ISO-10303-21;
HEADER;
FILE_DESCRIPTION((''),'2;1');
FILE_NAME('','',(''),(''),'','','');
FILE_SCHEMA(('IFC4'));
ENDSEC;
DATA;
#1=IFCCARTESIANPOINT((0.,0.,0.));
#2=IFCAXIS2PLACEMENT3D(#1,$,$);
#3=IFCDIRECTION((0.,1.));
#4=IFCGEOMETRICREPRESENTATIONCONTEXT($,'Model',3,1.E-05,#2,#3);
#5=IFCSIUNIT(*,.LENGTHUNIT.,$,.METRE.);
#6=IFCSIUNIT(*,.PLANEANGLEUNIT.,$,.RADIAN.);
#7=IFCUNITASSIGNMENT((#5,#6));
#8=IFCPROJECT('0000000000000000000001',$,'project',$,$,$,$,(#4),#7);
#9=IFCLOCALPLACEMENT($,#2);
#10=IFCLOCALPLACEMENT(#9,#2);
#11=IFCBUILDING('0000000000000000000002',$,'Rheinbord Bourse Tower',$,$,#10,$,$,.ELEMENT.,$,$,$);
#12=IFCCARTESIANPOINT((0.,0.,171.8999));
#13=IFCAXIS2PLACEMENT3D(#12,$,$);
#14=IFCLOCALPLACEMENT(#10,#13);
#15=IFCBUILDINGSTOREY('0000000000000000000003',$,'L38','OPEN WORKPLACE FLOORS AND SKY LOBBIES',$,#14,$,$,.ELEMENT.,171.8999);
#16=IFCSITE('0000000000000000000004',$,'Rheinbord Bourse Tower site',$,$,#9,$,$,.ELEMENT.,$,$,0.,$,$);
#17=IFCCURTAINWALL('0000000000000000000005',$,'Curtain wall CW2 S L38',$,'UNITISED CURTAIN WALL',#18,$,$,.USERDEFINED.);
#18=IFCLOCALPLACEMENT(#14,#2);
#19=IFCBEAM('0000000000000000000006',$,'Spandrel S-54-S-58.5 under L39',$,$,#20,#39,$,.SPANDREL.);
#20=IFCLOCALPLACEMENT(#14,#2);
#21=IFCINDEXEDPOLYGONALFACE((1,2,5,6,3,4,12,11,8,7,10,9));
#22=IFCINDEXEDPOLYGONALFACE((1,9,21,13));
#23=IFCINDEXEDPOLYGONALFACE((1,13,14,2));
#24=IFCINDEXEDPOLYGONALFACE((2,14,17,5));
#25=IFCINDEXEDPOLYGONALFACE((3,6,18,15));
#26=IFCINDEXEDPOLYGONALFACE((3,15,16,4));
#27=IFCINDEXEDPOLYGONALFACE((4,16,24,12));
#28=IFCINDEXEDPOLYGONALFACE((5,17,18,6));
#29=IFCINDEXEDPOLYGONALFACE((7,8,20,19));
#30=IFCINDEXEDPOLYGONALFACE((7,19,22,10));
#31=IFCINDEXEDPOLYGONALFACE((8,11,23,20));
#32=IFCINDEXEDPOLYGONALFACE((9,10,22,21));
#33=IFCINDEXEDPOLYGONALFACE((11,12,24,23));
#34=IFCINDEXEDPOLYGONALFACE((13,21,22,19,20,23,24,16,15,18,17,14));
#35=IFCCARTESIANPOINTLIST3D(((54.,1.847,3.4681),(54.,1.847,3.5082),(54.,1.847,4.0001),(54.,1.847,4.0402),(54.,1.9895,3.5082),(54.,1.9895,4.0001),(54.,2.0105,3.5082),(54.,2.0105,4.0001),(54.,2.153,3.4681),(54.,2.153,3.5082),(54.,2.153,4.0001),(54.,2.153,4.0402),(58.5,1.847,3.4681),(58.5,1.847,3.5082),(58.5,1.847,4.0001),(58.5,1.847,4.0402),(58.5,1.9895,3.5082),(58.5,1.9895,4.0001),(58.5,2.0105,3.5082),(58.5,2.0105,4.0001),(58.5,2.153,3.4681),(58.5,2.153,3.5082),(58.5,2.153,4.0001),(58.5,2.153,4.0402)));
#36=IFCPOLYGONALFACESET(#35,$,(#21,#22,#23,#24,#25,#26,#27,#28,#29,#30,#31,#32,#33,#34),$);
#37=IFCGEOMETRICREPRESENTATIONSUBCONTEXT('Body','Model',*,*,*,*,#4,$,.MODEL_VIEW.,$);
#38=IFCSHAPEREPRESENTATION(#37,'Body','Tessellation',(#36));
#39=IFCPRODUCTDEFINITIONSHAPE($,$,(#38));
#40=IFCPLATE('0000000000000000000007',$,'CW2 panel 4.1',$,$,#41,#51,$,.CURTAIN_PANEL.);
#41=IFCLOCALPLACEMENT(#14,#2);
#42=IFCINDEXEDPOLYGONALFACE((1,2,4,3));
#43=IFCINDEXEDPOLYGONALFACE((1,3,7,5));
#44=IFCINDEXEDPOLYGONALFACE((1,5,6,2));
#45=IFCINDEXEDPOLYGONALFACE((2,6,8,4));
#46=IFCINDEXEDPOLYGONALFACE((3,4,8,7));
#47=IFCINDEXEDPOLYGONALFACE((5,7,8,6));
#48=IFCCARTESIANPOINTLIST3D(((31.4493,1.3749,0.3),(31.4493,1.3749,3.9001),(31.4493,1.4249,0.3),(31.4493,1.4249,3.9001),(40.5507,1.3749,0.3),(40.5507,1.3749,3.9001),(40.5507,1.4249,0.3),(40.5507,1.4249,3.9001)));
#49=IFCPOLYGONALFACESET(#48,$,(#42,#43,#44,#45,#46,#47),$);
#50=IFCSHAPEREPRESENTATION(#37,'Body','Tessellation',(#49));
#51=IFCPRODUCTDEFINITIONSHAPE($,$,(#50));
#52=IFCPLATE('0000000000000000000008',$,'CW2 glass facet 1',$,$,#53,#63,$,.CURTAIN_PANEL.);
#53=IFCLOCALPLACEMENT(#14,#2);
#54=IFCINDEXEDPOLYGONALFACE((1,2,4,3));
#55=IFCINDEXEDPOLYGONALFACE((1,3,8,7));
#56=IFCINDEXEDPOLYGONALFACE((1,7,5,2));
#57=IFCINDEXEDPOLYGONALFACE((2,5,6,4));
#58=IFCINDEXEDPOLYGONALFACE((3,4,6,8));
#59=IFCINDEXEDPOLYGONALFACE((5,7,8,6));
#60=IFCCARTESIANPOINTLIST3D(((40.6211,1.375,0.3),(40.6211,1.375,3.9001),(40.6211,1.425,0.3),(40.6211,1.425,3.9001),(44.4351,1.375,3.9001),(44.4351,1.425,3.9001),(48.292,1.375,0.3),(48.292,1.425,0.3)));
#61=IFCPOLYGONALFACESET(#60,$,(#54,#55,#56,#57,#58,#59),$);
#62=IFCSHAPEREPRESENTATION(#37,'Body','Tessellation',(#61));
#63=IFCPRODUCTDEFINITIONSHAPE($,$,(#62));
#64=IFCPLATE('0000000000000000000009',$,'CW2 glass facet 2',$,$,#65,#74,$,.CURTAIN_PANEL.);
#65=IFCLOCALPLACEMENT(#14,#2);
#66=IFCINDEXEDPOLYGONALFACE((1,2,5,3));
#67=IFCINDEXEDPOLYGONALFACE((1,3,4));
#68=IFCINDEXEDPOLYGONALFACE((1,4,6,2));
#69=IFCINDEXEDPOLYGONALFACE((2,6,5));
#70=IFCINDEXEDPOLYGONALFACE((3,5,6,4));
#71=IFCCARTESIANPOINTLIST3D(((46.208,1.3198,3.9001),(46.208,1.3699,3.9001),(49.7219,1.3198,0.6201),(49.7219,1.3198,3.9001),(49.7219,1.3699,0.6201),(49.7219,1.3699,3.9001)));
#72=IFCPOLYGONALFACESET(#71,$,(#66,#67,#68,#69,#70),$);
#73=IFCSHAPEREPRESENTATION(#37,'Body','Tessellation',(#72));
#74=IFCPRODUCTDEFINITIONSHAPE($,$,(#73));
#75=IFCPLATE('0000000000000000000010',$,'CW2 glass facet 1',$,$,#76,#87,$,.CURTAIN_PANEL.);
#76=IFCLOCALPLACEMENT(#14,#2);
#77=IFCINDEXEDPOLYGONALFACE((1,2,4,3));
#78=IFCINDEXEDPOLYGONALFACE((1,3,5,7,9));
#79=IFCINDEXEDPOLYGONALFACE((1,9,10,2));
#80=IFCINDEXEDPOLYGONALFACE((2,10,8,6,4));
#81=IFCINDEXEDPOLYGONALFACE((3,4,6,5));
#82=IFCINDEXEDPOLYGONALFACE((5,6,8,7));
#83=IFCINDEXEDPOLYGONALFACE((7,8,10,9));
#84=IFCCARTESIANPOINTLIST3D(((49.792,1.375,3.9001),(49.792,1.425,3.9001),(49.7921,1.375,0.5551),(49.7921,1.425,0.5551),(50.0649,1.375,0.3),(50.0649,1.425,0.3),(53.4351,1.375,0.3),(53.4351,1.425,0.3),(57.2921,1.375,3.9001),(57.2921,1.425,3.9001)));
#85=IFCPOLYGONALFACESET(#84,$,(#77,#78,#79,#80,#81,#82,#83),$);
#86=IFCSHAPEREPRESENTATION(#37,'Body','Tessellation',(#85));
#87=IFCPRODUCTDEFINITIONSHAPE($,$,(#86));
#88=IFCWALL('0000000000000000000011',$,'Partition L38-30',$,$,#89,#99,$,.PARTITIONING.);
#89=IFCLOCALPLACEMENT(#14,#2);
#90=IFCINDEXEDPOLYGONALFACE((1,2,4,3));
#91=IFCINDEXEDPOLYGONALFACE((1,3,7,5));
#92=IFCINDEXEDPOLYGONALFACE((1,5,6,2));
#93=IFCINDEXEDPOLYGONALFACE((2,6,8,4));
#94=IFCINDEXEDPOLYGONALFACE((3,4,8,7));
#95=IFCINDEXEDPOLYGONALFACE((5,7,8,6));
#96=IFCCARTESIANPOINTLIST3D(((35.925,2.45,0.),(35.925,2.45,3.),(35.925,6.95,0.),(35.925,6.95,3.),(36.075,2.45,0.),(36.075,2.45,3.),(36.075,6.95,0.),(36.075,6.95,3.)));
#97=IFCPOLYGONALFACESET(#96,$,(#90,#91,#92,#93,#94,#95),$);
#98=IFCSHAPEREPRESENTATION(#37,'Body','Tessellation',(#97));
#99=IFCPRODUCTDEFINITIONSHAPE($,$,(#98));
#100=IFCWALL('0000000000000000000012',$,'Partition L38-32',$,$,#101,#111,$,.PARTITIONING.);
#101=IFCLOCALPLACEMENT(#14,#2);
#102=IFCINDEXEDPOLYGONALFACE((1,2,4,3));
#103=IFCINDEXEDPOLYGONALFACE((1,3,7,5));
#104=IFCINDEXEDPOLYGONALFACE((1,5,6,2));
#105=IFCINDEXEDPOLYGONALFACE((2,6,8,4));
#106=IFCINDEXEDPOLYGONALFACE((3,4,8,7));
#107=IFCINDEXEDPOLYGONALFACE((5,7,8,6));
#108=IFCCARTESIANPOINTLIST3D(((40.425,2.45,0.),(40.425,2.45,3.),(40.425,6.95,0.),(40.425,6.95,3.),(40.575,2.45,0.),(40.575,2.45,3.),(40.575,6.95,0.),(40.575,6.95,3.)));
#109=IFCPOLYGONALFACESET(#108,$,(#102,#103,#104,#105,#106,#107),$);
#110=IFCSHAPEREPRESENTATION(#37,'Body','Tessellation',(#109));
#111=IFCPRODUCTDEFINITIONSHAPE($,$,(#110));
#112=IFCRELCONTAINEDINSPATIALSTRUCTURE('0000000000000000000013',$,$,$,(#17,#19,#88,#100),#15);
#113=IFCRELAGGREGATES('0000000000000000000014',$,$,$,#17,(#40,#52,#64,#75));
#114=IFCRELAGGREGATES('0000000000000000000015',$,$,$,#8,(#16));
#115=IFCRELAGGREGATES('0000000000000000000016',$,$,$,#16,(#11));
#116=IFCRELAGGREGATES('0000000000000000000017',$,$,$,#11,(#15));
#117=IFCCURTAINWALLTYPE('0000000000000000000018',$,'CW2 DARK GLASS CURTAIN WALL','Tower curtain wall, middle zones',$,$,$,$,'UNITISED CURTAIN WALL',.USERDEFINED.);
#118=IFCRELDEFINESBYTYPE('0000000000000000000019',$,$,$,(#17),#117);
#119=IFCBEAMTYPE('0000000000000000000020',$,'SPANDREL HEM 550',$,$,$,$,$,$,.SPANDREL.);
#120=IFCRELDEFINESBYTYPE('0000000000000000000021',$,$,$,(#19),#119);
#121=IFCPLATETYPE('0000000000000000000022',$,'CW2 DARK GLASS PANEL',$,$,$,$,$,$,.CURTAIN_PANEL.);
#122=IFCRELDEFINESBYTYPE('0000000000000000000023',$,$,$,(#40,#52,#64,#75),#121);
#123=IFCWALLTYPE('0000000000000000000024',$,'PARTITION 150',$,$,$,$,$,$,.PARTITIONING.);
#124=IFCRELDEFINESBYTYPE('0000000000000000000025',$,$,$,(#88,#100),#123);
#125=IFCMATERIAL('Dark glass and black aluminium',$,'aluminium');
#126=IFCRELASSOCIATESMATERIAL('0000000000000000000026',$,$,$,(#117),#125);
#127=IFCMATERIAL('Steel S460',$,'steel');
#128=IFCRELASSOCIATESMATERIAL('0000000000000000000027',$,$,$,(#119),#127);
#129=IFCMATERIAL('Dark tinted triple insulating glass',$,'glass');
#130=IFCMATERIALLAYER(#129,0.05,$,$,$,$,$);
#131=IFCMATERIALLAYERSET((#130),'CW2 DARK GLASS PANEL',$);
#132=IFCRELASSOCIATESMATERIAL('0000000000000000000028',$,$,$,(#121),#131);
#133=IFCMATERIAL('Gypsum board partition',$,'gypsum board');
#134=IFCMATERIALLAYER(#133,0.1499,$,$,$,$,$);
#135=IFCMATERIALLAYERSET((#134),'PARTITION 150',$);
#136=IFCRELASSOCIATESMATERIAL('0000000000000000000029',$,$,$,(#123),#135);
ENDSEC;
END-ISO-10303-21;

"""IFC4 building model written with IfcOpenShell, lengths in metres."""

from ifc_helpers import new_model, si_unit, direction, frame, frame_2d, origin, origin_2d, place, context, subcontext, project, spatial, polyline, rectangle, i_section, outline, extrude, material, layer, layer_set, material_profile, profile_set, type_object, element, aggregate, save


model = new_model("IFC4")

# Units and contexts
model_context = context("Model", 3, precision=1e-05, world=origin(), true_north=direction((0.0, 1.0)))
body_context = subcontext(model_context, "Body", "Model", "MODEL_VIEW")
ifc_project = project(units=[si_unit("LENGTHUNIT", "METRE"), si_unit("PLANEANGLEUNIT", "RADIAN")], contexts=[model_context])

# Site, building, storey
site_placement = place(None, origin())
site = spatial("IfcSite", under=ifc_project, at=site_placement, Name="Rheinbord Bourse Tower site", CompositionType="ELEMENT", RefElevation=0.0)
building_placement = place(site_placement, origin())
building = spatial("IfcBuilding", under=site, at=building_placement, Name="Rheinbord Bourse Tower", CompositionType="ELEMENT")
storey_placement = place(building_placement, frame((0.0, 0.0, 171.8999)))
storey = spatial("IfcBuildingStorey", under=building, at=storey_placement, Name="L38", Description="OPEN WORKPLACE FLOORS AND SKY LOBBIES", CompositionType="ELEMENT", Elevation=171.8999)

# Curtain wall
ifc_material_1 = material(Name="Dark glass and black aluminium", Category="aluminium")
curtain_wall_type = type_object("IfcCurtainWallType", Name="CW2 DARK GLASS CURTAIN WALL", Description="Tower curtain wall, middle zones", ElementType="UNITISED CURTAIN WALL", PredefinedType="USERDEFINED", material=ifc_material_1)
curtain_wall_placement = place(storey_placement, origin())
curtain_wall = element("IfcCurtainWall", 1, at=curtain_wall_placement, inside=storey, type_object=curtain_wall_type, Name="Curtain wall CW2 S L38", ObjectType="UNITISED CURTAIN WALL", PredefinedType="USERDEFINED")

# Beam
ifc_material_2 = material(Name="Steel S460", Category="steel")
ifc_material_profile_1 = material_profile(ifc_material_2, i_section(OverallWidth=0.3059, OverallDepth=0.572, WebThickness=0.021, FlangeThickness=0.04, at=origin_2d()), Name="HEM 550")
ifc_profile_set_1 = profile_set([ifc_material_profile_1], Name="Steel S460")
beam_type_1 = type_object("IfcBeamType", Name="SPANDREL HEM 550", PredefinedType="SPANDREL", material=ifc_profile_set_1)
for number, where, z_axis, x_axis, name in (
    (2, (54.0, 2.0, 3.7542), (1.0, 0.0, 0.0), (0.0, 1.0, 0.0), "Spandrel S-54-S-58.5 under L39"),
):
    element("IfcBeam", number, at=place(storey_placement, frame(where, z_axis=z_axis, x_axis=x_axis)), inside=storey, type_object=beam_type_1, Name=name, PredefinedType="SPANDREL", context=body_context, shape_type="SweptSolid", body=[
        extrude(i_section(OverallWidth=0.3059, OverallDepth=0.572, WebThickness=0.021, FlangeThickness=0.04, at=origin_2d()), origin(), (0.0, 0.0, 1.0), 4.5),
    ])

# Plates
ifc_material_3 = material(Name="Dark tinted triple insulating glass", Category="glass")
ifc_layer_1 = layer(ifc_material_3, 0.05)
ifc_layer_set_1 = layer_set([ifc_layer_1], Name="CW2 DARK GLASS PANEL")
plate_type = type_object("IfcPlateType", Name="CW2 DARK GLASS PANEL", PredefinedType="CURTAIN_PANEL", material=ifc_layer_set_1)
plate_1_placement = place(storey_placement, frame((36.0, 1.3999, 0.3), z_axis=(0.0, 0.0, 1.0), x_axis=(1.0, 0.0, 0.0)))
plate_1 = element("IfcPlate", 3, at=plate_1_placement, type_object=plate_type, Name="CW2 panel 4.1", PredefinedType="CURTAIN_PANEL", context=body_context, shape_type="SweptSolid", body=[
    extrude(rectangle(XDim=9.1013, YDim=0.05, at=origin_2d()), origin(), (0.0, 0.0, 1.0), 3.6001),
])
plate_2_placement = place(storey_placement, frame((40.6211, 1.375, 0.3), z_axis=(0.0, 1.0, 0.0), x_axis=(0.0, 0.0, 1.0)))
plate_2 = element("IfcPlate", 4, at=plate_2_placement, type_object=plate_type, Name="CW2 glass facet 1", PredefinedType="CURTAIN_PANEL", context=body_context, shape_type="SweptSolid", body=[
    extrude(outline(polyline([(0.0, 0.0), (3.6001, 0.0), (3.6001, 3.814), (0.0, 7.6709), (0.0, 0.0)])), origin(), (0.0, 0.0, 1.0), 0.05),
])
plate_3_placement = place(storey_placement, frame((49.7219, 1.3198, 3.9001), z_axis=(0.0, 1.0, 0.0), x_axis=(0.0, 0.0, -1.0)))
plate_3 = element("IfcPlate", 5, at=plate_3_placement, type_object=plate_type, Name="CW2 glass facet 2", PredefinedType="CURTAIN_PANEL", context=body_context, shape_type="SweptSolid", body=[
    extrude(outline(polyline([(0.0, 0.0), (3.28, 0.0), (0.0, 3.5139), (0.0, 0.0)])), origin(), (0.0, 0.0, 1.0), 0.05),
])
plate_4_placement = place(storey_placement, frame((50.0649, 1.375, 0.3), z_axis=(0.0, 1.0, 0.0), x_axis=(-0.730555, 0.0, 0.682854)))
plate_4 = element("IfcPlate", 6, at=plate_4_placement, type_object=plate_type, Name="CW2 glass facet 1", PredefinedType="CURTAIN_PANEL", context=body_context, shape_type="SweptSolid", body=[
    extrude(outline(polyline([(0.0, 0.0), (0.3735, 0.0), (2.6577, 2.4436), (-2.8215, 7.5652), (-2.4622, 2.3013), (0.0, 0.0)])), origin(), (0.0, 0.0, 1.0), 0.05),
])
aggregate(curtain_wall, [plate_1, plate_2, plate_3, plate_4])

# Walls
ifc_material_4 = material(Name="Gypsum board partition", Category="gypsum board")
ifc_layer_2 = layer(ifc_material_4, 0.1499)
ifc_layer_set_2 = layer_set([ifc_layer_2], Name="PARTITION 150")
wall_type = type_object("IfcWallType", Name="PARTITION 150", PredefinedType="PARTITIONING", material=ifc_layer_set_2)
for number, where, z_axis, x_axis, name in (
    (7, (36.0, 2.45, 0.0), (0.0, 0.0, 1.0), (0.0, 1.0, 0.0), "Partition L38-30"),
    (8, (40.5, 2.45, 0.0), (0.0, 0.0, 1.0), (0.0, 1.0, 0.0), "Partition L38-32"),
):
    element("IfcWall", number, at=place(storey_placement, frame(where, z_axis=z_axis, x_axis=x_axis)), inside=storey, type_object=wall_type, Name=name, PredefinedType="PARTITIONING", context=body_context, shape_type="SweptSolid", body=[
        extrude(rectangle(XDim=4.5, YDim=0.1499, at=frame_2d((2.25, 0.0))), origin(), (0.0, 0.0, 1.0), 3.0),
    ])

save(model, "model.ifc")
